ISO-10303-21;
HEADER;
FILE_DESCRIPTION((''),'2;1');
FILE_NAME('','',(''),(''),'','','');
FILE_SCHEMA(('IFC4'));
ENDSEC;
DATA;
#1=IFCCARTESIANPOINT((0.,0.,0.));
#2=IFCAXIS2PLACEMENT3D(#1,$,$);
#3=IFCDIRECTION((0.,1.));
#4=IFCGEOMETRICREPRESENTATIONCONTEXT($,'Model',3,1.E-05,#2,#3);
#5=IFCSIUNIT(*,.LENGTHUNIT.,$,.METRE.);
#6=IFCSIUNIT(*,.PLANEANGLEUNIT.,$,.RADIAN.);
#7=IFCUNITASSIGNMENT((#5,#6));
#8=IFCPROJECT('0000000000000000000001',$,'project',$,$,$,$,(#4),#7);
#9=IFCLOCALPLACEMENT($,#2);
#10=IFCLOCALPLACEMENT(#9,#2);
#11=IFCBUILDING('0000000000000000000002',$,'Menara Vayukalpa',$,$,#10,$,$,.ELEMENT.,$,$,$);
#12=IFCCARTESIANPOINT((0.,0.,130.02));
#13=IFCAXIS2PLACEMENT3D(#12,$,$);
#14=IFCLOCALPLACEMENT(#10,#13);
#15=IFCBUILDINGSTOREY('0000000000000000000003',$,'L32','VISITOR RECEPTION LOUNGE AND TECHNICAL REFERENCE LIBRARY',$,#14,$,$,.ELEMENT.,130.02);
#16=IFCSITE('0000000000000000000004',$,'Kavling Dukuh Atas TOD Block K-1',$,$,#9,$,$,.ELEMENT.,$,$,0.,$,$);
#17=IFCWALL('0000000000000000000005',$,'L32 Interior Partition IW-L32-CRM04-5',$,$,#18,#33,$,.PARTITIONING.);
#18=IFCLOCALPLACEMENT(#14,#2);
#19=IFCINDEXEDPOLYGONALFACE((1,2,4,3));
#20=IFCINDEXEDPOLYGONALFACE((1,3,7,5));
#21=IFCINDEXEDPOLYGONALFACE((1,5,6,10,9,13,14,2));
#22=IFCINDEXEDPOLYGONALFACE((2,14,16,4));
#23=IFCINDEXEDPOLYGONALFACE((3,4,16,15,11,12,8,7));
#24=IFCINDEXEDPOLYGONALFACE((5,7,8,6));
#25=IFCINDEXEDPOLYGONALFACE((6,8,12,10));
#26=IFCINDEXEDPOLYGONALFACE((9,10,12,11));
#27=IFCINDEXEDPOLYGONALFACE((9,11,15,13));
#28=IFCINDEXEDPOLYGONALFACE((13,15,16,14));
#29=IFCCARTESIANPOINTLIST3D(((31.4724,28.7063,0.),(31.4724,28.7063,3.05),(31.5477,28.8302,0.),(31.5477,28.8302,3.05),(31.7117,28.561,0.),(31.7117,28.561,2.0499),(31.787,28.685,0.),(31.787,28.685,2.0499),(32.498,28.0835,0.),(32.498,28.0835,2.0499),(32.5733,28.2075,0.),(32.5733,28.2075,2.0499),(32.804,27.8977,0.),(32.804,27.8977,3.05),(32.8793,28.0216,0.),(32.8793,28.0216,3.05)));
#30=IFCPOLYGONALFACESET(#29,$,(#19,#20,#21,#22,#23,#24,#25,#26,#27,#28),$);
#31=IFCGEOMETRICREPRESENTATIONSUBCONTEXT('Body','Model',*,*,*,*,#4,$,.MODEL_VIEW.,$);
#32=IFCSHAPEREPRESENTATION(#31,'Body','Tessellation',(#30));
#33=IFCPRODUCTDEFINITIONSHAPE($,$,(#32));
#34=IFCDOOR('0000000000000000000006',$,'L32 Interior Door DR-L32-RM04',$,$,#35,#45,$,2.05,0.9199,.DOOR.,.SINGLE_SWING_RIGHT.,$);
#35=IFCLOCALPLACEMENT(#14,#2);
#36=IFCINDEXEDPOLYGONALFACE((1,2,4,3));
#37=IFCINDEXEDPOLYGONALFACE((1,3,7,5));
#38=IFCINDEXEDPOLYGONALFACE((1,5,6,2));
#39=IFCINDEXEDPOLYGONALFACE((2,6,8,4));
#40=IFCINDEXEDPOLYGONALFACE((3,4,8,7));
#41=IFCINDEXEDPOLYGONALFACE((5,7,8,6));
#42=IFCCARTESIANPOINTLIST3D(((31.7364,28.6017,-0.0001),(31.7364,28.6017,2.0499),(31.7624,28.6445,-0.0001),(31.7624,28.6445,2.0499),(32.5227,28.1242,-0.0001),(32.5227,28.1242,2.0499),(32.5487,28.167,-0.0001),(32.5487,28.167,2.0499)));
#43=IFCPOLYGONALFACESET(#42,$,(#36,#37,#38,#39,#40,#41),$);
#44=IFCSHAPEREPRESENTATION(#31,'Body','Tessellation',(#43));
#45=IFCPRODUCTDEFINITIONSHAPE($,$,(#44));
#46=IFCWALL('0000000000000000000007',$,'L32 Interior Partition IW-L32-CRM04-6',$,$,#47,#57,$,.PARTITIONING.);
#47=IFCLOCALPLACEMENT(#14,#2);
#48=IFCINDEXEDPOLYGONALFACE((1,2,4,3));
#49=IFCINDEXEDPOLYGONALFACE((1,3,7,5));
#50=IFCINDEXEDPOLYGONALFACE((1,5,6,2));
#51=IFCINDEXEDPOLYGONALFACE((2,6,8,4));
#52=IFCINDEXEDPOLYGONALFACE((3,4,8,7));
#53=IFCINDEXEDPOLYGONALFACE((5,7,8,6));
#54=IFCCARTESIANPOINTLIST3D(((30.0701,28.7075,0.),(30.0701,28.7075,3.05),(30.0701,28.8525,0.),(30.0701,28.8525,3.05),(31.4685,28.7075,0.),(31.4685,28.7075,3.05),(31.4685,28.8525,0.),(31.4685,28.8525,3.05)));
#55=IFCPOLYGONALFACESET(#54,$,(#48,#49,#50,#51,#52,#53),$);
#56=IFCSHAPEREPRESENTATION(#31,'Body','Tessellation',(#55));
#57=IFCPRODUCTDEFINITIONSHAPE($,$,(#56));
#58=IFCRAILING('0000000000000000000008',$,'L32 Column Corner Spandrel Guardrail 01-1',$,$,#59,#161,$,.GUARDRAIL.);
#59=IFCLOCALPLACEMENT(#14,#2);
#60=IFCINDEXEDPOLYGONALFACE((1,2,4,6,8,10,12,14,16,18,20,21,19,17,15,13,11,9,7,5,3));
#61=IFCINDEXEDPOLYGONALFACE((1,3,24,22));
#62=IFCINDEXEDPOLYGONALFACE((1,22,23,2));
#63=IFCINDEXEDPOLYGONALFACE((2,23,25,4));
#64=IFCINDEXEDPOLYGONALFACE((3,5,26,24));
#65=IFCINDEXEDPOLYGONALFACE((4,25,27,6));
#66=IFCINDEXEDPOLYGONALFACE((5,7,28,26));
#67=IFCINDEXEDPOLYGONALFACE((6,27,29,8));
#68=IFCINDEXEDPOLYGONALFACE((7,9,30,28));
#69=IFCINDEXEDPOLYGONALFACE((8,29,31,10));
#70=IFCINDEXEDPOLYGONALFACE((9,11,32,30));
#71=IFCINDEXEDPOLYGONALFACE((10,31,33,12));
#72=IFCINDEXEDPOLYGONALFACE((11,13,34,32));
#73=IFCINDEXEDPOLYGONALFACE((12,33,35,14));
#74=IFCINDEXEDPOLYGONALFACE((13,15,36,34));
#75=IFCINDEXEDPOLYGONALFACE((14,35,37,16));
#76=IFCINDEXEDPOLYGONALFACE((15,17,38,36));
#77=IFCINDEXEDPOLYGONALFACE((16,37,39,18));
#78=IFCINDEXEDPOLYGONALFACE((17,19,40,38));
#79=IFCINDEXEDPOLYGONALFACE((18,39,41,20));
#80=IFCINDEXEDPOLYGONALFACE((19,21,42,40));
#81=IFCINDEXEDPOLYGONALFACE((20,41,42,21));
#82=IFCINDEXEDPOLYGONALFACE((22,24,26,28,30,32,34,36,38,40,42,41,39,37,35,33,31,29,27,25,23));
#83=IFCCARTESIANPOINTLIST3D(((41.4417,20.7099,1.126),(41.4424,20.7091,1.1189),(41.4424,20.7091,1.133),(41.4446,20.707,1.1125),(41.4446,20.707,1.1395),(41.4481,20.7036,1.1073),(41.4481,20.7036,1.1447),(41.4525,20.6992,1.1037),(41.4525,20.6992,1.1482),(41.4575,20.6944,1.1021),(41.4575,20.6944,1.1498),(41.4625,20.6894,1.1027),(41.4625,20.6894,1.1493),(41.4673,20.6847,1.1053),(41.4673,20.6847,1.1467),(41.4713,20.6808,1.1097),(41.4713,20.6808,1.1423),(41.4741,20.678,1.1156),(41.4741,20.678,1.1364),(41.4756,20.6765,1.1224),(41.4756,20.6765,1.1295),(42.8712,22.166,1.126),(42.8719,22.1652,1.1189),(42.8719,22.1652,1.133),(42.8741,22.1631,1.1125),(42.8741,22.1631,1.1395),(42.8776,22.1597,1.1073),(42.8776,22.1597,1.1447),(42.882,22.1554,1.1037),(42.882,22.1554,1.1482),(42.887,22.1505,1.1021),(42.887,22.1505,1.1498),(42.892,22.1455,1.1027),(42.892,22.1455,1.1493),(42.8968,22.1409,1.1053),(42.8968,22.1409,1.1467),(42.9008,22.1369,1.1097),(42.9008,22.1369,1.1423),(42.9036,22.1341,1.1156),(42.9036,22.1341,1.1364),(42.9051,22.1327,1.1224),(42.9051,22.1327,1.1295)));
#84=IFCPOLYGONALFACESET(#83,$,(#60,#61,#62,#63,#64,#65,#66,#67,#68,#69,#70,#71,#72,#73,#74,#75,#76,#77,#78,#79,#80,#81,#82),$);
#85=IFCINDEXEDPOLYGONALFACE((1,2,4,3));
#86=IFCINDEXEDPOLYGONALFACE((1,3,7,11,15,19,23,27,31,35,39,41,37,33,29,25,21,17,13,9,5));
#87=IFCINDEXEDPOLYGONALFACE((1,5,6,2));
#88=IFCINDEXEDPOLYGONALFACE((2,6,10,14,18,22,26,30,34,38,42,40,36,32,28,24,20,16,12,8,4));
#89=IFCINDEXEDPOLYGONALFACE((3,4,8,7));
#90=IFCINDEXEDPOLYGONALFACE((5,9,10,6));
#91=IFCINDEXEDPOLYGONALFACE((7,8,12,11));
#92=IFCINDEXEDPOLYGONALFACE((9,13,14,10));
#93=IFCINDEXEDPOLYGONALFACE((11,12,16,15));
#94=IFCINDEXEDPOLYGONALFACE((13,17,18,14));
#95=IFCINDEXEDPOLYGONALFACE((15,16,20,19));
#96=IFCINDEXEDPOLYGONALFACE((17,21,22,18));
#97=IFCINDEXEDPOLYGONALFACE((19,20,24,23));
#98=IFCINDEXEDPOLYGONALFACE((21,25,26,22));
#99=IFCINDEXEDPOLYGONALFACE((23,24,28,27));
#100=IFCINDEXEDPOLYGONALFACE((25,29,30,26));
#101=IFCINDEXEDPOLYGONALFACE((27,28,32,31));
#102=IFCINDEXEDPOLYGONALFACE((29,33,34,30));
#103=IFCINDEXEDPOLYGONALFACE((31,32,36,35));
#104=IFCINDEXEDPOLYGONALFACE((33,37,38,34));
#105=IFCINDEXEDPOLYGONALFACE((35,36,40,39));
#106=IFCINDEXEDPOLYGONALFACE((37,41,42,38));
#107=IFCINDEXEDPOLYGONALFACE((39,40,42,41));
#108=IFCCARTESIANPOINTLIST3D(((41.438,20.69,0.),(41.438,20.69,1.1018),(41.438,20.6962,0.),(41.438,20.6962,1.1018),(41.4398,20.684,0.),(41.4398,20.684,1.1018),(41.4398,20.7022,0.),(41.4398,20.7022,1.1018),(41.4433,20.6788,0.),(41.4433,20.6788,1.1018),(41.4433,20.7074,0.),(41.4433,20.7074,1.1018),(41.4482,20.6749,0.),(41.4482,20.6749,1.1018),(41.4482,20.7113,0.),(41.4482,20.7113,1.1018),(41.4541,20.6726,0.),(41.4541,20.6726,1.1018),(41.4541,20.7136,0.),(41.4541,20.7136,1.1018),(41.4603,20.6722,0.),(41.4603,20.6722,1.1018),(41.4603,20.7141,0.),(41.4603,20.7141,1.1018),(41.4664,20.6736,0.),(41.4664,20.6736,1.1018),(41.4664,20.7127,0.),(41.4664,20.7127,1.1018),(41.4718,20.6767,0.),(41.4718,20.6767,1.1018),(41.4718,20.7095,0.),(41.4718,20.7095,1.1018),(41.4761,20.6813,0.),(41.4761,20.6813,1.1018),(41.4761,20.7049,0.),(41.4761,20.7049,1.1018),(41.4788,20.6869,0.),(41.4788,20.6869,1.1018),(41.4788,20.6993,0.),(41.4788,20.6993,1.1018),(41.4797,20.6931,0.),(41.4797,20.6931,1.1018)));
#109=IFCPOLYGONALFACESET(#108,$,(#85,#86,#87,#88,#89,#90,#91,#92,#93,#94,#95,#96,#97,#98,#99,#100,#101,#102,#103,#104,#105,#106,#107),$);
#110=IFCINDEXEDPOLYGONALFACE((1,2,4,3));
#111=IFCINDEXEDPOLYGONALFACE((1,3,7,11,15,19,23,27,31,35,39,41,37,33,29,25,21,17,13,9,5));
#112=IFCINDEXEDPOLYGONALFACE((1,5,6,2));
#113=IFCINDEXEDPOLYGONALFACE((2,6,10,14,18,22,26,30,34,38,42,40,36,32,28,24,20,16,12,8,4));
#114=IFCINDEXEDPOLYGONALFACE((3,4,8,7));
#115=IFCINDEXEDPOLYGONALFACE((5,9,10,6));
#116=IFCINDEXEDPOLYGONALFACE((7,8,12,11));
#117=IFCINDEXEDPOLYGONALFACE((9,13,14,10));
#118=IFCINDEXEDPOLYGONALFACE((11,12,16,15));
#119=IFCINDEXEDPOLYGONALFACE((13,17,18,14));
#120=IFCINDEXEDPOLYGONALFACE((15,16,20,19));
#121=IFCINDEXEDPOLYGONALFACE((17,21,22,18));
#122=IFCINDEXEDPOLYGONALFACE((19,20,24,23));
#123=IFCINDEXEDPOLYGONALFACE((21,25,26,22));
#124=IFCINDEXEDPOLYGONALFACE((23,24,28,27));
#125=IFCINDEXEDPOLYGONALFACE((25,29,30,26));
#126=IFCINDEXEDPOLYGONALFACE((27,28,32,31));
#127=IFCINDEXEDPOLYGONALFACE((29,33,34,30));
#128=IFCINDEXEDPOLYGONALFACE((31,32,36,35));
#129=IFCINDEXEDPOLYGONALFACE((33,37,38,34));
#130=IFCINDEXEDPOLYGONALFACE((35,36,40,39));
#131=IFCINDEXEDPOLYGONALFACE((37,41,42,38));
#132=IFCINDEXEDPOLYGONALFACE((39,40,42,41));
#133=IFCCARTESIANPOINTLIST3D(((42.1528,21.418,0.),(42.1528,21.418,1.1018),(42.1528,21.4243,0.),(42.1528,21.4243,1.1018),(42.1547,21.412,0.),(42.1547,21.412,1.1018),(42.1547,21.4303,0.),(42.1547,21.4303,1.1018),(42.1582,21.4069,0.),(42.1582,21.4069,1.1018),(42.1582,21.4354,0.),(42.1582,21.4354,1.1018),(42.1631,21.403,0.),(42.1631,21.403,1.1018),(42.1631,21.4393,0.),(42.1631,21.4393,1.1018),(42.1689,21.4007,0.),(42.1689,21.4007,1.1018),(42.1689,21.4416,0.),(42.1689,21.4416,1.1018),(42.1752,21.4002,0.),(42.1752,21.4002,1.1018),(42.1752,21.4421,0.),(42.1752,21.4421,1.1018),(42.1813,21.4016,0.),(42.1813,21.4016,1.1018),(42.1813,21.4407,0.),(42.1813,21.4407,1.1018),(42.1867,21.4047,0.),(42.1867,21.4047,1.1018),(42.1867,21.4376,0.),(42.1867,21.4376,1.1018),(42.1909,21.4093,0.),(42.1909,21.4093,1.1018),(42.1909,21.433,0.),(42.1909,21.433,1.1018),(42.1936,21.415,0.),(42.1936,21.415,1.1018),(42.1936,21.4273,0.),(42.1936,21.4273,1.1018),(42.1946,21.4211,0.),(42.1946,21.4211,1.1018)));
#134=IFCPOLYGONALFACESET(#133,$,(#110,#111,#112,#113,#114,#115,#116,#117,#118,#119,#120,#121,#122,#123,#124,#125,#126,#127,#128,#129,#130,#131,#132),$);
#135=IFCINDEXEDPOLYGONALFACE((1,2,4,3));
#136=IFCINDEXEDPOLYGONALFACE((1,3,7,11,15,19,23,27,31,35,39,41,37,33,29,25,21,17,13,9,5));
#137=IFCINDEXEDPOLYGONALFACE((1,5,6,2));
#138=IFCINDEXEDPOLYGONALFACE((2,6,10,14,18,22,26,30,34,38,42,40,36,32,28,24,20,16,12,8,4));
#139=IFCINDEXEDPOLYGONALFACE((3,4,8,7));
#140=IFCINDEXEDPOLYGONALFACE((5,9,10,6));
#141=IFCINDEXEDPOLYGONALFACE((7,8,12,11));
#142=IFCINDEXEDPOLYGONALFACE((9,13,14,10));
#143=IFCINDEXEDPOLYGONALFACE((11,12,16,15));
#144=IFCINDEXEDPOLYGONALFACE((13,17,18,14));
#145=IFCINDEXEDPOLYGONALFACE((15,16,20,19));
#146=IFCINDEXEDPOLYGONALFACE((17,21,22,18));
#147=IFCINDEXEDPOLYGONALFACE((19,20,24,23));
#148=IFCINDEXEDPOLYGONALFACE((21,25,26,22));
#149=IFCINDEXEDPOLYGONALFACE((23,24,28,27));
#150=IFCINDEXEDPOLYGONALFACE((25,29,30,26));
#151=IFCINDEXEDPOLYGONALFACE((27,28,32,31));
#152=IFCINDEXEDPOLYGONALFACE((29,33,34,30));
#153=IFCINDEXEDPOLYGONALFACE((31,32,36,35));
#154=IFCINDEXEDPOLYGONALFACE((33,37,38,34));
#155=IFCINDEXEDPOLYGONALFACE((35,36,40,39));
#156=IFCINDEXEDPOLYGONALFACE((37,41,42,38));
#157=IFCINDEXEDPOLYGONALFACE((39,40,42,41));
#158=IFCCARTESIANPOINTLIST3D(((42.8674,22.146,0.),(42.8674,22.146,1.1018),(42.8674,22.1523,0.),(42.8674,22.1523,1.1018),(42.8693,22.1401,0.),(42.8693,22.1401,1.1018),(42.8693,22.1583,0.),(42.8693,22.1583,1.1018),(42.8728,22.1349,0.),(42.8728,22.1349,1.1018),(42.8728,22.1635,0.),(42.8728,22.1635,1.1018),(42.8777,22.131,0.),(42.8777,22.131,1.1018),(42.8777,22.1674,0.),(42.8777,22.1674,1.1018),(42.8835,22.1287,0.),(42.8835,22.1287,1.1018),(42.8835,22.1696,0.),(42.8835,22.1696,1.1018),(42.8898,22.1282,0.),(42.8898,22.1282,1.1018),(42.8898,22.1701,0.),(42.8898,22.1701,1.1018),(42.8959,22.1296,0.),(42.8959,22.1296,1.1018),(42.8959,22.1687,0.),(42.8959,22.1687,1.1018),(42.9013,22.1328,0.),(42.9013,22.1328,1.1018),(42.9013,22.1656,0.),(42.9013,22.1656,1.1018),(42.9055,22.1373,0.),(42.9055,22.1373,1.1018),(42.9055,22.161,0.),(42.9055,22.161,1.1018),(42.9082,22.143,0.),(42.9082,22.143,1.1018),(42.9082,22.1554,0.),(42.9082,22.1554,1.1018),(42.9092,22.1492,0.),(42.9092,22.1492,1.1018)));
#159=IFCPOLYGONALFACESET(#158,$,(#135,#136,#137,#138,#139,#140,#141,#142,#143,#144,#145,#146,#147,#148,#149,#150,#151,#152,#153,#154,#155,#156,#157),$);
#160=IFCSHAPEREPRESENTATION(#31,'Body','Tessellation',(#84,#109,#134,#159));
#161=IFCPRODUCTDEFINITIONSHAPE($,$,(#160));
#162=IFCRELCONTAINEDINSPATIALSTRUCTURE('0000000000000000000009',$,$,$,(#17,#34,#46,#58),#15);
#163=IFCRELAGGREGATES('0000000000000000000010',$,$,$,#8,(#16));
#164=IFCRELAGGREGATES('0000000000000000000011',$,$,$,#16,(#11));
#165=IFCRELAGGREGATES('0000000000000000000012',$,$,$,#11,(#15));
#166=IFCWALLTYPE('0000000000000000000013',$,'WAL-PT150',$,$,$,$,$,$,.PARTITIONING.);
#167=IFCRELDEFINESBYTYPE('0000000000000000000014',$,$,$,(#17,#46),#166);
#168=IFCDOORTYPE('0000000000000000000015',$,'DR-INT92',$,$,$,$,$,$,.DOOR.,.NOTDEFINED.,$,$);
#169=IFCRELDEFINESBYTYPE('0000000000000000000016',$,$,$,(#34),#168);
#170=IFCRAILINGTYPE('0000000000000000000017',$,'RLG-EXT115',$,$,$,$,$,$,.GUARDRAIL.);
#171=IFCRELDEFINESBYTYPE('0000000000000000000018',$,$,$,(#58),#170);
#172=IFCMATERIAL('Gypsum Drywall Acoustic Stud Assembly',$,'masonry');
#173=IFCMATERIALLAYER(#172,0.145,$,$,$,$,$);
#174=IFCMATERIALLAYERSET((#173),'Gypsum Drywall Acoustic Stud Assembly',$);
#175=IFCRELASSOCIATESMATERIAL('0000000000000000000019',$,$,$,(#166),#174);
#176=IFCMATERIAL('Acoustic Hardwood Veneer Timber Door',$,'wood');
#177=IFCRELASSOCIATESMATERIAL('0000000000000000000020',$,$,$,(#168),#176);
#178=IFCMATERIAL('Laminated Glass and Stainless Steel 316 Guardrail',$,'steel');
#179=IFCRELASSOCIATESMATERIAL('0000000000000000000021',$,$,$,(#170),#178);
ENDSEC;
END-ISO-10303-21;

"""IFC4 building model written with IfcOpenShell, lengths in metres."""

from ifc_helpers import new_model, si_unit, direction, frame, frame_2d, origin, origin_2d, place, context, subcontext, project, spatial, rectangle, circle, extrude, material, layer, layer_set, type_object, element, fill, save


model = new_model("IFC4")

# Units and contexts
model_context = context("Model", 3, precision=1e-05, world=origin(), true_north=direction((0.0, 1.0)))
body_context = subcontext(model_context, "Body", "Model", "MODEL_VIEW")
ifc_project = project(units=[si_unit("LENGTHUNIT", "METRE"), si_unit("PLANEANGLEUNIT", "RADIAN")], contexts=[model_context])

# Site, building, storey
site_placement = place(None, origin())
site = spatial("IfcSite", under=ifc_project, at=site_placement, Name="Kavling Dukuh Atas TOD Block K-1", CompositionType="ELEMENT", RefElevation=0.0)
building_placement = place(site_placement, origin())
building = spatial("IfcBuilding", under=site, at=building_placement, Name="Menara Vayukalpa", CompositionType="ELEMENT")
storey_placement = place(building_placement, frame((0.0, 0.0, 130.02)))
storey = spatial("IfcBuildingStorey", under=building, at=storey_placement, Name="L32", Description="VISITOR RECEPTION LOUNGE AND TECHNICAL REFERENCE LIBRARY", CompositionType="ELEMENT", Elevation=130.02)

# Shared definitions
ifc_material_1 = material(Name="Gypsum Drywall Acoustic Stud Assembly", Category="masonry")
ifc_layer_1 = layer(ifc_material_1, 0.145)
ifc_layer_set_1 = layer_set([ifc_layer_1], Name="Gypsum Drywall Acoustic Stud Assembly")
wall_type_1 = type_object("IfcWallType", Name="WAL-PT150", PredefinedType="PARTITIONING", material=ifc_layer_set_1)

# Wall, opening, door
wall_1_placement = place(storey_placement, frame((32.8416, 27.9597, 0.0), z_axis=(0.0, 0.0, 1.0), x_axis=(-0.854743, 0.519052, 0.0)))
wall_1 = element("IfcWall", 1, at=wall_1_placement, inside=storey, type_object=wall_type_1, Name="L32 Interior Partition IW-L32-CRM04-5", PredefinedType="PARTITIONING", context=body_context, shape_type="SweptSolid", body=[
    extrude(rectangle(XDim=1.5579, YDim=0.145, at=frame_2d((0.7788, 0.0))), origin(), (0.0, 0.0, 1.0), 3.05),
])
opening_placement = place(wall_1_placement, frame((0.3579, 0.0, 0.0)))
opening = element("IfcOpeningElement", 2, at=opening_placement, cuts=wall_1, PredefinedType="OPENING", context=body_context, shape_type="SweptSolid", body=[
    extrude(rectangle(XDim=0.9199, YDim=2.05, at=frame_2d((0.46, 1.0249))), frame((0.0, 0.0825, 0.0), z_axis=(0.0, -1.0, 0.0), x_axis=(1.0, 0.0, 0.0)), (0.0, 0.0, 1.0), 0.165),
])
ifc_material_2 = material(Name="Acoustic Hardwood Veneer Timber Door", Category="wood")
door_type = type_object("IfcDoorType", Name="DR-INT92", OperationType="NOTDEFINED", PredefinedType="DOOR", material=ifc_material_2)
door_placement = place(opening_placement, origin())
door = element("IfcDoor", 3, at=door_placement, inside=storey, type_object=door_type, Name="L32 Interior Door DR-L32-RM04", OperationType="SINGLE_SWING_RIGHT", OverallHeight=2.05, OverallWidth=0.9199, PredefinedType="DOOR", context=body_context, shape_type="SweptSolid", body=[
    extrude(rectangle(XDim=0.9199, YDim=2.05, at=frame_2d((0.46, 1.0249))), frame((0.0, 0.0249, 0.0), z_axis=(0.0, -1.0, 0.0), x_axis=(1.0, 0.0, 0.0)), (0.0, 0.0, 1.0), 0.05),
])
fill(opening, door)

# Wall
wall_2_placement = place(storey_placement, frame((31.4685, 28.78, 0.0), z_axis=(0.0, 0.0, 1.0), x_axis=(-1.0, 0.0, 0.0)))
element("IfcWall", 4, at=wall_2_placement, inside=storey, type_object=wall_type_1, Name="L32 Interior Partition IW-L32-CRM04-6", PredefinedType="PARTITIONING", context=body_context, shape_type="SweptSolid", body=[
    extrude(rectangle(XDim=1.3984, YDim=0.145, at=frame_2d((0.6992, 0.0))), origin(), (0.0, 0.0, 1.0), 3.05),
])

# Railing
ifc_material_3 = material(Name="Laminated Glass and Stainless Steel 316 Guardrail", Category="steel")
railing_type_1 = type_object("IfcRailingType", Name="RLG-EXT115", PredefinedType="GUARDRAIL", material=ifc_material_3)
railing_1_placement = place(storey_placement, frame((41.4587, 20.6931, 0.0)))
element("IfcRailing", 5, at=railing_1_placement, inside=storey, type_object=railing_type_1, Name="L32 Column Corner Spandrel Guardrail 01-1", PredefinedType="GUARDRAIL", context=body_context, shape_type="SweptSolid", body=[
    extrude(circle(Radius=0.0239, at=origin_2d()), frame((0.0, 0.0, 1.126), z_axis=(0.700556, 0.713598, 0.0), x_axis=(-0.713598, 0.700556, 0.0)), (0.0, 0.0, 1.0), 2.0405),
    extrude(circle(Radius=0.021, at=origin_2d()), origin(), (0.0, 0.0, 1.0), 1.1018),
    extrude(circle(Radius=0.021, at=origin_2d()), frame((0.7148, 0.728, 0.0)), (0.0, 0.0, 1.0), 1.1018),
    extrude(circle(Radius=0.021, at=origin_2d()), frame((1.4294, 1.4561, 0.0)), (0.0, 0.0, 1.0), 1.1018),
])

save(model, "model.ifc")
